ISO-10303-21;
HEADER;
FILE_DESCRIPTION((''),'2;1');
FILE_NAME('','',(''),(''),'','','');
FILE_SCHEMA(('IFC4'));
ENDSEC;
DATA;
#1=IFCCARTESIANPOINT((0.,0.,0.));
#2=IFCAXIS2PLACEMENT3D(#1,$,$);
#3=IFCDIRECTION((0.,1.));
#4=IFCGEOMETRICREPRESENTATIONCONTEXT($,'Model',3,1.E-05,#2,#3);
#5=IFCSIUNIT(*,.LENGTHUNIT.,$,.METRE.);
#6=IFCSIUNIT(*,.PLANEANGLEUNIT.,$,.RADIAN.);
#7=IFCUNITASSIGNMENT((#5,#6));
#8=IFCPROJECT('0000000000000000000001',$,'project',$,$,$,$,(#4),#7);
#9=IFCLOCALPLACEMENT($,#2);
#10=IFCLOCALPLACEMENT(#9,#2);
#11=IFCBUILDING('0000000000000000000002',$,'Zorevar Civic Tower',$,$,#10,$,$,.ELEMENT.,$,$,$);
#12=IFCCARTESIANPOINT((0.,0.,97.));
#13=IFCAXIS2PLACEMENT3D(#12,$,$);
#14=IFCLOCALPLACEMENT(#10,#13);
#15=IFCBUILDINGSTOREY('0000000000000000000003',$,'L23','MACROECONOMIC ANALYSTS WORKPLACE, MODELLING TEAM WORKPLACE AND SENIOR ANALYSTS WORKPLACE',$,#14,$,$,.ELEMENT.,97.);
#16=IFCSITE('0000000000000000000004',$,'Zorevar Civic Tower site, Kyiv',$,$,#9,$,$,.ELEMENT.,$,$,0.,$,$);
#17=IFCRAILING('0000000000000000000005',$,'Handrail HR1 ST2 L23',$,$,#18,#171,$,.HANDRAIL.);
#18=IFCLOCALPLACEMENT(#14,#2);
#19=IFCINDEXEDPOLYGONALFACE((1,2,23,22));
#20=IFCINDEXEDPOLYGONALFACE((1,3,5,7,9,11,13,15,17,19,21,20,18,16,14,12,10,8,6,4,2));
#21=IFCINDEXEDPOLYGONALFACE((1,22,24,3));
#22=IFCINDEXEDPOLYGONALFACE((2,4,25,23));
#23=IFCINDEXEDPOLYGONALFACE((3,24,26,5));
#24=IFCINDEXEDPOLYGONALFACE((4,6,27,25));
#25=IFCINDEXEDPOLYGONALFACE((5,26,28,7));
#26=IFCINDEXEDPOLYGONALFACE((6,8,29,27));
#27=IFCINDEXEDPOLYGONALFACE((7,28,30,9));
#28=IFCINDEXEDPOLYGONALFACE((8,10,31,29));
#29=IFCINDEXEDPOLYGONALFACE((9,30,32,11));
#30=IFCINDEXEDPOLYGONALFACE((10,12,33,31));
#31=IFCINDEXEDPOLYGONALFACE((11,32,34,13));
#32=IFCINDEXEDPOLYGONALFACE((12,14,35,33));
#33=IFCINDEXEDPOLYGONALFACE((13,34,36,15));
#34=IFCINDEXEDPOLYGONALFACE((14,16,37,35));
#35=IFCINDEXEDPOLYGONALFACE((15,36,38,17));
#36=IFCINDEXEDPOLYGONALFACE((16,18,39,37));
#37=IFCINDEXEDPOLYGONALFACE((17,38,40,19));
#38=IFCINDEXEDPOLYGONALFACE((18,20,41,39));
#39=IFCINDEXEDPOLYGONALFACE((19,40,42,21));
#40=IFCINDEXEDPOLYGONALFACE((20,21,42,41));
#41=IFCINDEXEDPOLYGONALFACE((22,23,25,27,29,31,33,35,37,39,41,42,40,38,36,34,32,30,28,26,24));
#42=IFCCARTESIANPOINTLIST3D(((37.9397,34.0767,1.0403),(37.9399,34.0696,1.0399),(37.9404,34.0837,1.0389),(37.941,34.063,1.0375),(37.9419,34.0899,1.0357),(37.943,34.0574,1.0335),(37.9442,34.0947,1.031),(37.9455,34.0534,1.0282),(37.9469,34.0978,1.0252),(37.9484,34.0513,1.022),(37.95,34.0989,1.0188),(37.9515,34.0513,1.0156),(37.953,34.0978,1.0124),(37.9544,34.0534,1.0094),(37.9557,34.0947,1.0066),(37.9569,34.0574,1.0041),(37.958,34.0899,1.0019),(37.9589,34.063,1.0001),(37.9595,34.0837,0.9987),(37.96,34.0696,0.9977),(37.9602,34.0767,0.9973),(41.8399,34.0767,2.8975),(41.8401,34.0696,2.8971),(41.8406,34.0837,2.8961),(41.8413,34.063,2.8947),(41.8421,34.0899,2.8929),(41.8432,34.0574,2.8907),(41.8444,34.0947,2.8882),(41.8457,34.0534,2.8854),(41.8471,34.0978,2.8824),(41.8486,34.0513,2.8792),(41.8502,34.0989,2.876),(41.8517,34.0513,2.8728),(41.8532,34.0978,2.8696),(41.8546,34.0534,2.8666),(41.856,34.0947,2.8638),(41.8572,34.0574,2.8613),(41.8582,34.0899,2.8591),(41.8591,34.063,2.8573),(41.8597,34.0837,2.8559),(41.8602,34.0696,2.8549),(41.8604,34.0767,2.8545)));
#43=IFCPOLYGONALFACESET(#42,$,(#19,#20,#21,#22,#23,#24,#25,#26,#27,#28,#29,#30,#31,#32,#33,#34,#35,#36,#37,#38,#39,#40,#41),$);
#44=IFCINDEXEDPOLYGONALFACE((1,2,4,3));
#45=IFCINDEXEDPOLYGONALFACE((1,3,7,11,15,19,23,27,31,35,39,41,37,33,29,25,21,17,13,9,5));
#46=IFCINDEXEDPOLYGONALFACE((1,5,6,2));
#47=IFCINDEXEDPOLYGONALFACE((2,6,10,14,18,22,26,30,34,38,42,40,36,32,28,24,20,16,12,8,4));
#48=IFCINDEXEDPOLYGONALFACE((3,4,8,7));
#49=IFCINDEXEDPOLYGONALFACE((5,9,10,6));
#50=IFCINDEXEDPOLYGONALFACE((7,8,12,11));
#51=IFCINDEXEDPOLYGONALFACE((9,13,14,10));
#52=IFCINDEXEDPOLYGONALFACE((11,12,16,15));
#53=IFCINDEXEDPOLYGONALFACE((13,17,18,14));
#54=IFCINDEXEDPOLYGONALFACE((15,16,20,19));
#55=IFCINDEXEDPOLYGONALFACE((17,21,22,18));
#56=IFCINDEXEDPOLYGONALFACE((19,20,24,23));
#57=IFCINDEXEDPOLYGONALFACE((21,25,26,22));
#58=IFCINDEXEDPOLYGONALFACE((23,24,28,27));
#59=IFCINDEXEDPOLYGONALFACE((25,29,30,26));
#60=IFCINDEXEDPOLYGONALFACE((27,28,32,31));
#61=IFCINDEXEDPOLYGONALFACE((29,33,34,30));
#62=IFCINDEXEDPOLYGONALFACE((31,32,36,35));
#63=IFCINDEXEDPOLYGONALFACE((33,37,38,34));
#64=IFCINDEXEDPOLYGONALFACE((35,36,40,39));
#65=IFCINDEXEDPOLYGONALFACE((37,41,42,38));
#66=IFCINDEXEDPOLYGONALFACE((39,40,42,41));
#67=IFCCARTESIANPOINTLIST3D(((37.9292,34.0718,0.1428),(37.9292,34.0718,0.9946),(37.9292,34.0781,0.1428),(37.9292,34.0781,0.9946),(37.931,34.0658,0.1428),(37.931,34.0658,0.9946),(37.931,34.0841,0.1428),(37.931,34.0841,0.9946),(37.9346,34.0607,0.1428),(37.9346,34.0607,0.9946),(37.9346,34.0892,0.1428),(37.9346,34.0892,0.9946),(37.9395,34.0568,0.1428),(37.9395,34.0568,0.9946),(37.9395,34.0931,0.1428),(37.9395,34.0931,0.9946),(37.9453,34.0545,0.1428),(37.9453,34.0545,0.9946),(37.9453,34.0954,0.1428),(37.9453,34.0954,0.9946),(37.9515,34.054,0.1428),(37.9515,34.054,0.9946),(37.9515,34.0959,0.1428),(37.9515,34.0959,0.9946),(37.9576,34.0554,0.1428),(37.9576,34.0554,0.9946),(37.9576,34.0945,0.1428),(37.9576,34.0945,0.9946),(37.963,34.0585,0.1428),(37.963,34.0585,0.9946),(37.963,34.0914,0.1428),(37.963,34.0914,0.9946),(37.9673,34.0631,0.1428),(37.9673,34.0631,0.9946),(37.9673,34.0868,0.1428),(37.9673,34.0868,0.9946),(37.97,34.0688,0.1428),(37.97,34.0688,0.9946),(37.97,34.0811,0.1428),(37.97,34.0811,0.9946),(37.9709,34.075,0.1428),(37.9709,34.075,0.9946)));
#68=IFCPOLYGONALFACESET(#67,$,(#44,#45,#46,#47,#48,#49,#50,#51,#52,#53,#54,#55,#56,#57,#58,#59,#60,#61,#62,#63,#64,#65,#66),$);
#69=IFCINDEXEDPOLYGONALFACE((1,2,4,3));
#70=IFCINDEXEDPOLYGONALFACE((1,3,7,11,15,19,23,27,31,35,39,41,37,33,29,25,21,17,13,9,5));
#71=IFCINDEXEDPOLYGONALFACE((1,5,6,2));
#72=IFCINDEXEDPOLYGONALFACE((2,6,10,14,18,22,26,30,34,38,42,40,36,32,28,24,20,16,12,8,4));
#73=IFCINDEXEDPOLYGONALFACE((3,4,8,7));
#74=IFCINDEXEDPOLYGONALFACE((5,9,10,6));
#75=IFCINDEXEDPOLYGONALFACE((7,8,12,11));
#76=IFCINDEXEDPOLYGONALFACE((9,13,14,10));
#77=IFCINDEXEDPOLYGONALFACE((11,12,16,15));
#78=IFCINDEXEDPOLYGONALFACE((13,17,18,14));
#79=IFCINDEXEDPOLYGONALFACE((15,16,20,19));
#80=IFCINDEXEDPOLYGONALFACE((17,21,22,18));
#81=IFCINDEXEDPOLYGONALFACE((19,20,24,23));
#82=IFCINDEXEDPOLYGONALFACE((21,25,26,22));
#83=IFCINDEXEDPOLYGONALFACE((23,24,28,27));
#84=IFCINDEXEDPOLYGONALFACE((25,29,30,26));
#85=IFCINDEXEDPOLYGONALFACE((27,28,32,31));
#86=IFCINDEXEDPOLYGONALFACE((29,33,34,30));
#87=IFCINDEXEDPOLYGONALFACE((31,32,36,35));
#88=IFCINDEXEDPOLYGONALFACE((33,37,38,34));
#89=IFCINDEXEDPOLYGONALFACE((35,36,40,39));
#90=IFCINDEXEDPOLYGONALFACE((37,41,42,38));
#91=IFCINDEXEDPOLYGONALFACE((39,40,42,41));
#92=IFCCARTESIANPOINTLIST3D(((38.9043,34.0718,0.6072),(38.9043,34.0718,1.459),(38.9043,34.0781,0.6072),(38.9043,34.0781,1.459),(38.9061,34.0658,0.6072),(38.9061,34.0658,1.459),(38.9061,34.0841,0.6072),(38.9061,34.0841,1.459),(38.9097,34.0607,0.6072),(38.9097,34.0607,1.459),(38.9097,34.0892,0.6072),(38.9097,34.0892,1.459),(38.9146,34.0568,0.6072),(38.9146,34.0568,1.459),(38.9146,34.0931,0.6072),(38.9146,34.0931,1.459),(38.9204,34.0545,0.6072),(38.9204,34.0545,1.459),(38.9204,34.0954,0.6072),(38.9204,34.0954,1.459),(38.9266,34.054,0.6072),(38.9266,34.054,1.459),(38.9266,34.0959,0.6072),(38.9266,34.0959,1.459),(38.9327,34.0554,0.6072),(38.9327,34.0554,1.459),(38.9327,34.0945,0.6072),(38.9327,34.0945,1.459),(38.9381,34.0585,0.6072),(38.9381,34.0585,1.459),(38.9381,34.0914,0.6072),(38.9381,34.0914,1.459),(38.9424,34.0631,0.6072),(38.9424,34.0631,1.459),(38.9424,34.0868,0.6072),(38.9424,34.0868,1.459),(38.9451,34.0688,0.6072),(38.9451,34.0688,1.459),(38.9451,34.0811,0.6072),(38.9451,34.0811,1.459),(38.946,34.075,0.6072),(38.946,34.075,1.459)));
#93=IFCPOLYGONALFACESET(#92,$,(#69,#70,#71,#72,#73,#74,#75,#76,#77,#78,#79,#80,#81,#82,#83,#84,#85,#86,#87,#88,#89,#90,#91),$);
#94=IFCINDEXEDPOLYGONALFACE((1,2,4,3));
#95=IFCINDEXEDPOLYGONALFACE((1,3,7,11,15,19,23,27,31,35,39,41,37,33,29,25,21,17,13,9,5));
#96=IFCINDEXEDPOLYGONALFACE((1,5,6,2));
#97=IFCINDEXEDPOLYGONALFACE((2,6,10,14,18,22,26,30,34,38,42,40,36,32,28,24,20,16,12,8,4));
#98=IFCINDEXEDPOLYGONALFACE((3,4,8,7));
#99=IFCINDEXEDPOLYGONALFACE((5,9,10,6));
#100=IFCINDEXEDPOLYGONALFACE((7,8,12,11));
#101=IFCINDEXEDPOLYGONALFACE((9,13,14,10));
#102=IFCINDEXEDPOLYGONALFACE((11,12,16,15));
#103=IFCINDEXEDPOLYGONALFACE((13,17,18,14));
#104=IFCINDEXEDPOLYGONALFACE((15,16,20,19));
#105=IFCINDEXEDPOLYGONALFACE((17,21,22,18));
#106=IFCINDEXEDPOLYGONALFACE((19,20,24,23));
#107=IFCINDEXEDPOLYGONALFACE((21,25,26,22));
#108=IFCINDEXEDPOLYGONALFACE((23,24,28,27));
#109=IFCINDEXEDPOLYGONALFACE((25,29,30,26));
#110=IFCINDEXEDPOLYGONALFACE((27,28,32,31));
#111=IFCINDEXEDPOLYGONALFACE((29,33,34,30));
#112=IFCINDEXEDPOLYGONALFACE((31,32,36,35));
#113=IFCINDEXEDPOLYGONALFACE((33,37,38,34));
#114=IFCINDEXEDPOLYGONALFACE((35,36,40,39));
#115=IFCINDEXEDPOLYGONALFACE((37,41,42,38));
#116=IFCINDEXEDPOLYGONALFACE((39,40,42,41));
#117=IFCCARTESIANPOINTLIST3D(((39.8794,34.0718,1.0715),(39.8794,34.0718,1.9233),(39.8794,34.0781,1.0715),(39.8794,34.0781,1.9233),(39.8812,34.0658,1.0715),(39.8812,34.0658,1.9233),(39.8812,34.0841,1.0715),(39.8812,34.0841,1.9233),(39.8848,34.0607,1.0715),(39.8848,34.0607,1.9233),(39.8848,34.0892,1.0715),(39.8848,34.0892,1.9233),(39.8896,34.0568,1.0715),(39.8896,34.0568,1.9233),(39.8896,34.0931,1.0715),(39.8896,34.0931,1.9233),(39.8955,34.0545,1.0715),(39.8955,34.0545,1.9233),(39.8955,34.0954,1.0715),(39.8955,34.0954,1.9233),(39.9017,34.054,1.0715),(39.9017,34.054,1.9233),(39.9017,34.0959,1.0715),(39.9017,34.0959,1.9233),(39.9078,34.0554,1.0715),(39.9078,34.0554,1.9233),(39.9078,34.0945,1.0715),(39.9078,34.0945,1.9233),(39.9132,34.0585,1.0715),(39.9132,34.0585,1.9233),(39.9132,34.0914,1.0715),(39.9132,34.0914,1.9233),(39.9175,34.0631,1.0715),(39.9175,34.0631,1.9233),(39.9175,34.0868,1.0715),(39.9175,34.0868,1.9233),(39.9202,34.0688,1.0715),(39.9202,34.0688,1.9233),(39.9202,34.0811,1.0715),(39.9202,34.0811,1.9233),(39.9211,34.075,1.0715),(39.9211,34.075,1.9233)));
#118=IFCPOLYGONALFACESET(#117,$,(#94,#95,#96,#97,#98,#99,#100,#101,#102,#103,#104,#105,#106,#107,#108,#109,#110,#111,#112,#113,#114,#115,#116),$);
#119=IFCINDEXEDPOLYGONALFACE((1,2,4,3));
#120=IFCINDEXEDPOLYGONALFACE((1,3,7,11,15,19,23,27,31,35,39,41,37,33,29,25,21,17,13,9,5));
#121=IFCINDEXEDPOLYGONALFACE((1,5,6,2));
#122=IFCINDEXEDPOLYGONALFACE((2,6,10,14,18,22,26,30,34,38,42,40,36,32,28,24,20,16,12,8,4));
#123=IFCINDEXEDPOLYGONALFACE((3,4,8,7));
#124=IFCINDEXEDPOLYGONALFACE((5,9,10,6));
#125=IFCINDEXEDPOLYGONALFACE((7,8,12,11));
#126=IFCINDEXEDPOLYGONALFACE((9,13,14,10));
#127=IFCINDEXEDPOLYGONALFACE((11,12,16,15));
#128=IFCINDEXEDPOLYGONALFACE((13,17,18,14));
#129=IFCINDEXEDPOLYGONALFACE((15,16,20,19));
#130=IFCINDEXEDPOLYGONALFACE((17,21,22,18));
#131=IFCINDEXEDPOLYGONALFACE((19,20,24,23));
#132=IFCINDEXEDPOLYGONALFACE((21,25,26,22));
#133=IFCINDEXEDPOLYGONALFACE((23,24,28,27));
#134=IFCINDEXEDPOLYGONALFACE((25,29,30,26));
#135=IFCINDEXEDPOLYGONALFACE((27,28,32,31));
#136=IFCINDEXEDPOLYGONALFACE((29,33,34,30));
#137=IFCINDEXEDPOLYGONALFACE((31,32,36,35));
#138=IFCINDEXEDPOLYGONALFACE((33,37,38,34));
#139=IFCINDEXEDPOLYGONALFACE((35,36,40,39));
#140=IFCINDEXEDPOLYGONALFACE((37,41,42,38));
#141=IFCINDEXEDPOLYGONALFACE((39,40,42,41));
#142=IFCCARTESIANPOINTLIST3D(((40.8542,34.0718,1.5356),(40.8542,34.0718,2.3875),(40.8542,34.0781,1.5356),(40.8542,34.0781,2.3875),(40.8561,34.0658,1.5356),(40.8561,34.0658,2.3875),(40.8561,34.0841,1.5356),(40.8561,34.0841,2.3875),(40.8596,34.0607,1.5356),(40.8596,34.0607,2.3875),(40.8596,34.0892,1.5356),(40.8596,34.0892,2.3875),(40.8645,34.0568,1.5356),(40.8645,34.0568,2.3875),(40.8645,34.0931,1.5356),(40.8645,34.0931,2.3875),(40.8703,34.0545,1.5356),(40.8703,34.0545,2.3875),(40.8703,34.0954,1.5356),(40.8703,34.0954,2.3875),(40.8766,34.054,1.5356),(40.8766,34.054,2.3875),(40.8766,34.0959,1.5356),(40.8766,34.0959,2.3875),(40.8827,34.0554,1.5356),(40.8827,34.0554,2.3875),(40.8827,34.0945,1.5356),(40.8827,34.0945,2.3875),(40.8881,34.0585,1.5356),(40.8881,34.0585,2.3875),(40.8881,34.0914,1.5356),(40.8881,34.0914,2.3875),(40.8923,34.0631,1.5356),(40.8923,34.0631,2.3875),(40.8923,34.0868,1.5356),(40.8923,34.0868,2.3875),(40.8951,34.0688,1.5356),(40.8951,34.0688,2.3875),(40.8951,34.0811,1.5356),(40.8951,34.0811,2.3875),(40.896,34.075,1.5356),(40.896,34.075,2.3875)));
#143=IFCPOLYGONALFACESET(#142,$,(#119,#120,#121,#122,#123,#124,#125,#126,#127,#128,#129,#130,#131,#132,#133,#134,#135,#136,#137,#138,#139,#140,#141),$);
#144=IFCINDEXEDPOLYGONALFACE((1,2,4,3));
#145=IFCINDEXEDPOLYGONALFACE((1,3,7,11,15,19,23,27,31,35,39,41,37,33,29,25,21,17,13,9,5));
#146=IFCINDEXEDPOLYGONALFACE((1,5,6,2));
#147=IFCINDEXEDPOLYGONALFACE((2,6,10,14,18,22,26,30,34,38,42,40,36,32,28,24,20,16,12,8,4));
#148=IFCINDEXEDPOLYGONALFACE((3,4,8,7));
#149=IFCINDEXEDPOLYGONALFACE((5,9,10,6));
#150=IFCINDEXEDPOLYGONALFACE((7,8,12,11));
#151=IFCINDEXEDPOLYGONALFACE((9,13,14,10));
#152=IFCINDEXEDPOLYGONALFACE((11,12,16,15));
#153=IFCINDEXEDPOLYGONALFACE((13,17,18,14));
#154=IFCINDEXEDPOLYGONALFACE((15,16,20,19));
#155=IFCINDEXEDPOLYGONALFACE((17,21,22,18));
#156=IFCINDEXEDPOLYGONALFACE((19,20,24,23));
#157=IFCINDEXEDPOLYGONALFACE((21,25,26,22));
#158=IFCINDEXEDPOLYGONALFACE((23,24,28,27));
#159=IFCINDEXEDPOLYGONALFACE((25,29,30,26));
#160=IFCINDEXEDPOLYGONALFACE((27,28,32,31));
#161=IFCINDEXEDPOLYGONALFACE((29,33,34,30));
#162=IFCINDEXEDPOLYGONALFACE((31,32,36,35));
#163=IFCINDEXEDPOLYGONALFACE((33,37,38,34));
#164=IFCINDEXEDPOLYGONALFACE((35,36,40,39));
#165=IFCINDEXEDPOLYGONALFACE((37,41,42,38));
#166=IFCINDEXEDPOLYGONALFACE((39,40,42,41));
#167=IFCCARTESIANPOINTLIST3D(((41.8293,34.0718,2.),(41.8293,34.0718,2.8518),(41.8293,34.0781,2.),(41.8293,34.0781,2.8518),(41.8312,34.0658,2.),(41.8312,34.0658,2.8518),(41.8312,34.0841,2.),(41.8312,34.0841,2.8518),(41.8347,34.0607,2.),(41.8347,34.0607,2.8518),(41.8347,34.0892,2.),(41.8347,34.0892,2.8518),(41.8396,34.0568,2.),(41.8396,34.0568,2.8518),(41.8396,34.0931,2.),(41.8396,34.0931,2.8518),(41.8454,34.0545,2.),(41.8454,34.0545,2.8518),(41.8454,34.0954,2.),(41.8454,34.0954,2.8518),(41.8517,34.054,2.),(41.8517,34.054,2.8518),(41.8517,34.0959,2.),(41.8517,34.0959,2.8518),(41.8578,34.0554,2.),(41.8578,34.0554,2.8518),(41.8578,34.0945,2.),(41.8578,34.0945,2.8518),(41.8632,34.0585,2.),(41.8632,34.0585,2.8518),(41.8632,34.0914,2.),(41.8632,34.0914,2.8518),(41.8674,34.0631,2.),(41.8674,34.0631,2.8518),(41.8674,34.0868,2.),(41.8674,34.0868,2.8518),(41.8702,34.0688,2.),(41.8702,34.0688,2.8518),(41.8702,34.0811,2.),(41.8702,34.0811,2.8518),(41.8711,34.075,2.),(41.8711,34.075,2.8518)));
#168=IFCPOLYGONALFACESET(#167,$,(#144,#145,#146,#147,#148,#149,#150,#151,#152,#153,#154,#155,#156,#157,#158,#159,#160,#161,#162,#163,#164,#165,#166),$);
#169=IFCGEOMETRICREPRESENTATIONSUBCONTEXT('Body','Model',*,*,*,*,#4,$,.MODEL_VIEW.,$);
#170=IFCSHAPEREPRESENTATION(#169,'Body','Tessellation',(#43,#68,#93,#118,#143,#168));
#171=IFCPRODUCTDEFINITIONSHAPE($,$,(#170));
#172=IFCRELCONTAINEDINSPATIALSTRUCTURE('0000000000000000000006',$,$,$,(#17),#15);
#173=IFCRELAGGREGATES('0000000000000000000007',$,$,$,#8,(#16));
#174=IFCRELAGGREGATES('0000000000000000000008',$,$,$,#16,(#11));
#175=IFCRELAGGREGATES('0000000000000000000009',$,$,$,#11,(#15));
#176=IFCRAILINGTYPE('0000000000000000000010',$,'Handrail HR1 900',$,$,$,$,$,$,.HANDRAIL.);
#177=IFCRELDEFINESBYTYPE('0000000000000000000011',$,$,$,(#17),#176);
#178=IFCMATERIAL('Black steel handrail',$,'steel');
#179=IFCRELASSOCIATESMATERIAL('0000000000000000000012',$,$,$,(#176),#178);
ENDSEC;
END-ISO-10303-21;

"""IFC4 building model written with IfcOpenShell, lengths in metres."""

from ifc_helpers import new_model, si_unit, direction, frame, origin, origin_2d, place, context, subcontext, project, spatial, circle, extrude, material, type_object, element, save


model = new_model("IFC4")

# Units and contexts
model_context = context("Model", 3, precision=1e-05, world=origin(), true_north=direction((0.0, 1.0)))
body_context = subcontext(model_context, "Body", "Model", "MODEL_VIEW")
ifc_project = project(units=[si_unit("LENGTHUNIT", "METRE"), si_unit("PLANEANGLEUNIT", "RADIAN")], contexts=[model_context])

# Site, building, storey
site_placement = place(None, origin())
site = spatial("IfcSite", under=ifc_project, at=site_placement, Name="Zorevar Civic Tower site, Kyiv", CompositionType="ELEMENT", RefElevation=0.0)
building_placement = place(site_placement, origin())
building = spatial("IfcBuilding", under=site, at=building_placement, Name="Zorevar Civic Tower", CompositionType="ELEMENT")
storey_placement = place(building_placement, frame((0.0, 0.0, 97.0)))
storey = spatial("IfcBuildingStorey", under=building, at=storey_placement, Name="L23", Description="MACROECONOMIC ANALYSTS WORKPLACE, MODELLING TEAM WORKPLACE AND SENIOR ANALYSTS WORKPLACE", CompositionType="ELEMENT", Elevation=97.0)

# Railing
ifc_material_1 = material(Name="Black steel handrail", Category="steel")
railing_type = type_object("IfcRailingType", Name="Handrail HR1 900", PredefinedType="HANDRAIL", material=ifc_material_1)
railing_1_placement = place(storey_placement, frame((37.95, 34.075, 0.1428)))
element("IfcRailing", 1, at=railing_1_placement, inside=storey, type_object=railing_type, Name="Handrail HR1 ST2 L23", PredefinedType="HANDRAIL", context=body_context, shape_type="SweptSolid", body=[
    extrude(circle(Radius=0.0239, at=origin_2d()), frame((0.0, 0.0, 0.876), z_axis=(0.902864, 0.0, 0.429927), x_axis=(0.0, 1.0, 0.0)), (0.0, 0.0, 1.0), 4.3198),
    extrude(circle(Radius=0.021, at=origin_2d()), origin(), (0.0, 0.0, 1.0), 0.8518),
    extrude(circle(Radius=0.021, at=origin_2d()), frame((0.9751, 0.0, 0.4644)), (0.0, 0.0, 1.0), 0.8518),
    extrude(circle(Radius=0.021, at=origin_2d()), frame((1.9502, 0.0, 0.9287)), (0.0, 0.0, 1.0), 0.8518),
    extrude(circle(Radius=0.021, at=origin_2d()), frame((2.925, 0.0, 1.3928)), (0.0, 0.0, 1.0), 0.8518),
    extrude(circle(Radius=0.021, at=origin_2d()), frame((3.9001, 0.0, 1.8572)), (0.0, 0.0, 1.0), 0.8518),
])

save(model, "model.ifc")
